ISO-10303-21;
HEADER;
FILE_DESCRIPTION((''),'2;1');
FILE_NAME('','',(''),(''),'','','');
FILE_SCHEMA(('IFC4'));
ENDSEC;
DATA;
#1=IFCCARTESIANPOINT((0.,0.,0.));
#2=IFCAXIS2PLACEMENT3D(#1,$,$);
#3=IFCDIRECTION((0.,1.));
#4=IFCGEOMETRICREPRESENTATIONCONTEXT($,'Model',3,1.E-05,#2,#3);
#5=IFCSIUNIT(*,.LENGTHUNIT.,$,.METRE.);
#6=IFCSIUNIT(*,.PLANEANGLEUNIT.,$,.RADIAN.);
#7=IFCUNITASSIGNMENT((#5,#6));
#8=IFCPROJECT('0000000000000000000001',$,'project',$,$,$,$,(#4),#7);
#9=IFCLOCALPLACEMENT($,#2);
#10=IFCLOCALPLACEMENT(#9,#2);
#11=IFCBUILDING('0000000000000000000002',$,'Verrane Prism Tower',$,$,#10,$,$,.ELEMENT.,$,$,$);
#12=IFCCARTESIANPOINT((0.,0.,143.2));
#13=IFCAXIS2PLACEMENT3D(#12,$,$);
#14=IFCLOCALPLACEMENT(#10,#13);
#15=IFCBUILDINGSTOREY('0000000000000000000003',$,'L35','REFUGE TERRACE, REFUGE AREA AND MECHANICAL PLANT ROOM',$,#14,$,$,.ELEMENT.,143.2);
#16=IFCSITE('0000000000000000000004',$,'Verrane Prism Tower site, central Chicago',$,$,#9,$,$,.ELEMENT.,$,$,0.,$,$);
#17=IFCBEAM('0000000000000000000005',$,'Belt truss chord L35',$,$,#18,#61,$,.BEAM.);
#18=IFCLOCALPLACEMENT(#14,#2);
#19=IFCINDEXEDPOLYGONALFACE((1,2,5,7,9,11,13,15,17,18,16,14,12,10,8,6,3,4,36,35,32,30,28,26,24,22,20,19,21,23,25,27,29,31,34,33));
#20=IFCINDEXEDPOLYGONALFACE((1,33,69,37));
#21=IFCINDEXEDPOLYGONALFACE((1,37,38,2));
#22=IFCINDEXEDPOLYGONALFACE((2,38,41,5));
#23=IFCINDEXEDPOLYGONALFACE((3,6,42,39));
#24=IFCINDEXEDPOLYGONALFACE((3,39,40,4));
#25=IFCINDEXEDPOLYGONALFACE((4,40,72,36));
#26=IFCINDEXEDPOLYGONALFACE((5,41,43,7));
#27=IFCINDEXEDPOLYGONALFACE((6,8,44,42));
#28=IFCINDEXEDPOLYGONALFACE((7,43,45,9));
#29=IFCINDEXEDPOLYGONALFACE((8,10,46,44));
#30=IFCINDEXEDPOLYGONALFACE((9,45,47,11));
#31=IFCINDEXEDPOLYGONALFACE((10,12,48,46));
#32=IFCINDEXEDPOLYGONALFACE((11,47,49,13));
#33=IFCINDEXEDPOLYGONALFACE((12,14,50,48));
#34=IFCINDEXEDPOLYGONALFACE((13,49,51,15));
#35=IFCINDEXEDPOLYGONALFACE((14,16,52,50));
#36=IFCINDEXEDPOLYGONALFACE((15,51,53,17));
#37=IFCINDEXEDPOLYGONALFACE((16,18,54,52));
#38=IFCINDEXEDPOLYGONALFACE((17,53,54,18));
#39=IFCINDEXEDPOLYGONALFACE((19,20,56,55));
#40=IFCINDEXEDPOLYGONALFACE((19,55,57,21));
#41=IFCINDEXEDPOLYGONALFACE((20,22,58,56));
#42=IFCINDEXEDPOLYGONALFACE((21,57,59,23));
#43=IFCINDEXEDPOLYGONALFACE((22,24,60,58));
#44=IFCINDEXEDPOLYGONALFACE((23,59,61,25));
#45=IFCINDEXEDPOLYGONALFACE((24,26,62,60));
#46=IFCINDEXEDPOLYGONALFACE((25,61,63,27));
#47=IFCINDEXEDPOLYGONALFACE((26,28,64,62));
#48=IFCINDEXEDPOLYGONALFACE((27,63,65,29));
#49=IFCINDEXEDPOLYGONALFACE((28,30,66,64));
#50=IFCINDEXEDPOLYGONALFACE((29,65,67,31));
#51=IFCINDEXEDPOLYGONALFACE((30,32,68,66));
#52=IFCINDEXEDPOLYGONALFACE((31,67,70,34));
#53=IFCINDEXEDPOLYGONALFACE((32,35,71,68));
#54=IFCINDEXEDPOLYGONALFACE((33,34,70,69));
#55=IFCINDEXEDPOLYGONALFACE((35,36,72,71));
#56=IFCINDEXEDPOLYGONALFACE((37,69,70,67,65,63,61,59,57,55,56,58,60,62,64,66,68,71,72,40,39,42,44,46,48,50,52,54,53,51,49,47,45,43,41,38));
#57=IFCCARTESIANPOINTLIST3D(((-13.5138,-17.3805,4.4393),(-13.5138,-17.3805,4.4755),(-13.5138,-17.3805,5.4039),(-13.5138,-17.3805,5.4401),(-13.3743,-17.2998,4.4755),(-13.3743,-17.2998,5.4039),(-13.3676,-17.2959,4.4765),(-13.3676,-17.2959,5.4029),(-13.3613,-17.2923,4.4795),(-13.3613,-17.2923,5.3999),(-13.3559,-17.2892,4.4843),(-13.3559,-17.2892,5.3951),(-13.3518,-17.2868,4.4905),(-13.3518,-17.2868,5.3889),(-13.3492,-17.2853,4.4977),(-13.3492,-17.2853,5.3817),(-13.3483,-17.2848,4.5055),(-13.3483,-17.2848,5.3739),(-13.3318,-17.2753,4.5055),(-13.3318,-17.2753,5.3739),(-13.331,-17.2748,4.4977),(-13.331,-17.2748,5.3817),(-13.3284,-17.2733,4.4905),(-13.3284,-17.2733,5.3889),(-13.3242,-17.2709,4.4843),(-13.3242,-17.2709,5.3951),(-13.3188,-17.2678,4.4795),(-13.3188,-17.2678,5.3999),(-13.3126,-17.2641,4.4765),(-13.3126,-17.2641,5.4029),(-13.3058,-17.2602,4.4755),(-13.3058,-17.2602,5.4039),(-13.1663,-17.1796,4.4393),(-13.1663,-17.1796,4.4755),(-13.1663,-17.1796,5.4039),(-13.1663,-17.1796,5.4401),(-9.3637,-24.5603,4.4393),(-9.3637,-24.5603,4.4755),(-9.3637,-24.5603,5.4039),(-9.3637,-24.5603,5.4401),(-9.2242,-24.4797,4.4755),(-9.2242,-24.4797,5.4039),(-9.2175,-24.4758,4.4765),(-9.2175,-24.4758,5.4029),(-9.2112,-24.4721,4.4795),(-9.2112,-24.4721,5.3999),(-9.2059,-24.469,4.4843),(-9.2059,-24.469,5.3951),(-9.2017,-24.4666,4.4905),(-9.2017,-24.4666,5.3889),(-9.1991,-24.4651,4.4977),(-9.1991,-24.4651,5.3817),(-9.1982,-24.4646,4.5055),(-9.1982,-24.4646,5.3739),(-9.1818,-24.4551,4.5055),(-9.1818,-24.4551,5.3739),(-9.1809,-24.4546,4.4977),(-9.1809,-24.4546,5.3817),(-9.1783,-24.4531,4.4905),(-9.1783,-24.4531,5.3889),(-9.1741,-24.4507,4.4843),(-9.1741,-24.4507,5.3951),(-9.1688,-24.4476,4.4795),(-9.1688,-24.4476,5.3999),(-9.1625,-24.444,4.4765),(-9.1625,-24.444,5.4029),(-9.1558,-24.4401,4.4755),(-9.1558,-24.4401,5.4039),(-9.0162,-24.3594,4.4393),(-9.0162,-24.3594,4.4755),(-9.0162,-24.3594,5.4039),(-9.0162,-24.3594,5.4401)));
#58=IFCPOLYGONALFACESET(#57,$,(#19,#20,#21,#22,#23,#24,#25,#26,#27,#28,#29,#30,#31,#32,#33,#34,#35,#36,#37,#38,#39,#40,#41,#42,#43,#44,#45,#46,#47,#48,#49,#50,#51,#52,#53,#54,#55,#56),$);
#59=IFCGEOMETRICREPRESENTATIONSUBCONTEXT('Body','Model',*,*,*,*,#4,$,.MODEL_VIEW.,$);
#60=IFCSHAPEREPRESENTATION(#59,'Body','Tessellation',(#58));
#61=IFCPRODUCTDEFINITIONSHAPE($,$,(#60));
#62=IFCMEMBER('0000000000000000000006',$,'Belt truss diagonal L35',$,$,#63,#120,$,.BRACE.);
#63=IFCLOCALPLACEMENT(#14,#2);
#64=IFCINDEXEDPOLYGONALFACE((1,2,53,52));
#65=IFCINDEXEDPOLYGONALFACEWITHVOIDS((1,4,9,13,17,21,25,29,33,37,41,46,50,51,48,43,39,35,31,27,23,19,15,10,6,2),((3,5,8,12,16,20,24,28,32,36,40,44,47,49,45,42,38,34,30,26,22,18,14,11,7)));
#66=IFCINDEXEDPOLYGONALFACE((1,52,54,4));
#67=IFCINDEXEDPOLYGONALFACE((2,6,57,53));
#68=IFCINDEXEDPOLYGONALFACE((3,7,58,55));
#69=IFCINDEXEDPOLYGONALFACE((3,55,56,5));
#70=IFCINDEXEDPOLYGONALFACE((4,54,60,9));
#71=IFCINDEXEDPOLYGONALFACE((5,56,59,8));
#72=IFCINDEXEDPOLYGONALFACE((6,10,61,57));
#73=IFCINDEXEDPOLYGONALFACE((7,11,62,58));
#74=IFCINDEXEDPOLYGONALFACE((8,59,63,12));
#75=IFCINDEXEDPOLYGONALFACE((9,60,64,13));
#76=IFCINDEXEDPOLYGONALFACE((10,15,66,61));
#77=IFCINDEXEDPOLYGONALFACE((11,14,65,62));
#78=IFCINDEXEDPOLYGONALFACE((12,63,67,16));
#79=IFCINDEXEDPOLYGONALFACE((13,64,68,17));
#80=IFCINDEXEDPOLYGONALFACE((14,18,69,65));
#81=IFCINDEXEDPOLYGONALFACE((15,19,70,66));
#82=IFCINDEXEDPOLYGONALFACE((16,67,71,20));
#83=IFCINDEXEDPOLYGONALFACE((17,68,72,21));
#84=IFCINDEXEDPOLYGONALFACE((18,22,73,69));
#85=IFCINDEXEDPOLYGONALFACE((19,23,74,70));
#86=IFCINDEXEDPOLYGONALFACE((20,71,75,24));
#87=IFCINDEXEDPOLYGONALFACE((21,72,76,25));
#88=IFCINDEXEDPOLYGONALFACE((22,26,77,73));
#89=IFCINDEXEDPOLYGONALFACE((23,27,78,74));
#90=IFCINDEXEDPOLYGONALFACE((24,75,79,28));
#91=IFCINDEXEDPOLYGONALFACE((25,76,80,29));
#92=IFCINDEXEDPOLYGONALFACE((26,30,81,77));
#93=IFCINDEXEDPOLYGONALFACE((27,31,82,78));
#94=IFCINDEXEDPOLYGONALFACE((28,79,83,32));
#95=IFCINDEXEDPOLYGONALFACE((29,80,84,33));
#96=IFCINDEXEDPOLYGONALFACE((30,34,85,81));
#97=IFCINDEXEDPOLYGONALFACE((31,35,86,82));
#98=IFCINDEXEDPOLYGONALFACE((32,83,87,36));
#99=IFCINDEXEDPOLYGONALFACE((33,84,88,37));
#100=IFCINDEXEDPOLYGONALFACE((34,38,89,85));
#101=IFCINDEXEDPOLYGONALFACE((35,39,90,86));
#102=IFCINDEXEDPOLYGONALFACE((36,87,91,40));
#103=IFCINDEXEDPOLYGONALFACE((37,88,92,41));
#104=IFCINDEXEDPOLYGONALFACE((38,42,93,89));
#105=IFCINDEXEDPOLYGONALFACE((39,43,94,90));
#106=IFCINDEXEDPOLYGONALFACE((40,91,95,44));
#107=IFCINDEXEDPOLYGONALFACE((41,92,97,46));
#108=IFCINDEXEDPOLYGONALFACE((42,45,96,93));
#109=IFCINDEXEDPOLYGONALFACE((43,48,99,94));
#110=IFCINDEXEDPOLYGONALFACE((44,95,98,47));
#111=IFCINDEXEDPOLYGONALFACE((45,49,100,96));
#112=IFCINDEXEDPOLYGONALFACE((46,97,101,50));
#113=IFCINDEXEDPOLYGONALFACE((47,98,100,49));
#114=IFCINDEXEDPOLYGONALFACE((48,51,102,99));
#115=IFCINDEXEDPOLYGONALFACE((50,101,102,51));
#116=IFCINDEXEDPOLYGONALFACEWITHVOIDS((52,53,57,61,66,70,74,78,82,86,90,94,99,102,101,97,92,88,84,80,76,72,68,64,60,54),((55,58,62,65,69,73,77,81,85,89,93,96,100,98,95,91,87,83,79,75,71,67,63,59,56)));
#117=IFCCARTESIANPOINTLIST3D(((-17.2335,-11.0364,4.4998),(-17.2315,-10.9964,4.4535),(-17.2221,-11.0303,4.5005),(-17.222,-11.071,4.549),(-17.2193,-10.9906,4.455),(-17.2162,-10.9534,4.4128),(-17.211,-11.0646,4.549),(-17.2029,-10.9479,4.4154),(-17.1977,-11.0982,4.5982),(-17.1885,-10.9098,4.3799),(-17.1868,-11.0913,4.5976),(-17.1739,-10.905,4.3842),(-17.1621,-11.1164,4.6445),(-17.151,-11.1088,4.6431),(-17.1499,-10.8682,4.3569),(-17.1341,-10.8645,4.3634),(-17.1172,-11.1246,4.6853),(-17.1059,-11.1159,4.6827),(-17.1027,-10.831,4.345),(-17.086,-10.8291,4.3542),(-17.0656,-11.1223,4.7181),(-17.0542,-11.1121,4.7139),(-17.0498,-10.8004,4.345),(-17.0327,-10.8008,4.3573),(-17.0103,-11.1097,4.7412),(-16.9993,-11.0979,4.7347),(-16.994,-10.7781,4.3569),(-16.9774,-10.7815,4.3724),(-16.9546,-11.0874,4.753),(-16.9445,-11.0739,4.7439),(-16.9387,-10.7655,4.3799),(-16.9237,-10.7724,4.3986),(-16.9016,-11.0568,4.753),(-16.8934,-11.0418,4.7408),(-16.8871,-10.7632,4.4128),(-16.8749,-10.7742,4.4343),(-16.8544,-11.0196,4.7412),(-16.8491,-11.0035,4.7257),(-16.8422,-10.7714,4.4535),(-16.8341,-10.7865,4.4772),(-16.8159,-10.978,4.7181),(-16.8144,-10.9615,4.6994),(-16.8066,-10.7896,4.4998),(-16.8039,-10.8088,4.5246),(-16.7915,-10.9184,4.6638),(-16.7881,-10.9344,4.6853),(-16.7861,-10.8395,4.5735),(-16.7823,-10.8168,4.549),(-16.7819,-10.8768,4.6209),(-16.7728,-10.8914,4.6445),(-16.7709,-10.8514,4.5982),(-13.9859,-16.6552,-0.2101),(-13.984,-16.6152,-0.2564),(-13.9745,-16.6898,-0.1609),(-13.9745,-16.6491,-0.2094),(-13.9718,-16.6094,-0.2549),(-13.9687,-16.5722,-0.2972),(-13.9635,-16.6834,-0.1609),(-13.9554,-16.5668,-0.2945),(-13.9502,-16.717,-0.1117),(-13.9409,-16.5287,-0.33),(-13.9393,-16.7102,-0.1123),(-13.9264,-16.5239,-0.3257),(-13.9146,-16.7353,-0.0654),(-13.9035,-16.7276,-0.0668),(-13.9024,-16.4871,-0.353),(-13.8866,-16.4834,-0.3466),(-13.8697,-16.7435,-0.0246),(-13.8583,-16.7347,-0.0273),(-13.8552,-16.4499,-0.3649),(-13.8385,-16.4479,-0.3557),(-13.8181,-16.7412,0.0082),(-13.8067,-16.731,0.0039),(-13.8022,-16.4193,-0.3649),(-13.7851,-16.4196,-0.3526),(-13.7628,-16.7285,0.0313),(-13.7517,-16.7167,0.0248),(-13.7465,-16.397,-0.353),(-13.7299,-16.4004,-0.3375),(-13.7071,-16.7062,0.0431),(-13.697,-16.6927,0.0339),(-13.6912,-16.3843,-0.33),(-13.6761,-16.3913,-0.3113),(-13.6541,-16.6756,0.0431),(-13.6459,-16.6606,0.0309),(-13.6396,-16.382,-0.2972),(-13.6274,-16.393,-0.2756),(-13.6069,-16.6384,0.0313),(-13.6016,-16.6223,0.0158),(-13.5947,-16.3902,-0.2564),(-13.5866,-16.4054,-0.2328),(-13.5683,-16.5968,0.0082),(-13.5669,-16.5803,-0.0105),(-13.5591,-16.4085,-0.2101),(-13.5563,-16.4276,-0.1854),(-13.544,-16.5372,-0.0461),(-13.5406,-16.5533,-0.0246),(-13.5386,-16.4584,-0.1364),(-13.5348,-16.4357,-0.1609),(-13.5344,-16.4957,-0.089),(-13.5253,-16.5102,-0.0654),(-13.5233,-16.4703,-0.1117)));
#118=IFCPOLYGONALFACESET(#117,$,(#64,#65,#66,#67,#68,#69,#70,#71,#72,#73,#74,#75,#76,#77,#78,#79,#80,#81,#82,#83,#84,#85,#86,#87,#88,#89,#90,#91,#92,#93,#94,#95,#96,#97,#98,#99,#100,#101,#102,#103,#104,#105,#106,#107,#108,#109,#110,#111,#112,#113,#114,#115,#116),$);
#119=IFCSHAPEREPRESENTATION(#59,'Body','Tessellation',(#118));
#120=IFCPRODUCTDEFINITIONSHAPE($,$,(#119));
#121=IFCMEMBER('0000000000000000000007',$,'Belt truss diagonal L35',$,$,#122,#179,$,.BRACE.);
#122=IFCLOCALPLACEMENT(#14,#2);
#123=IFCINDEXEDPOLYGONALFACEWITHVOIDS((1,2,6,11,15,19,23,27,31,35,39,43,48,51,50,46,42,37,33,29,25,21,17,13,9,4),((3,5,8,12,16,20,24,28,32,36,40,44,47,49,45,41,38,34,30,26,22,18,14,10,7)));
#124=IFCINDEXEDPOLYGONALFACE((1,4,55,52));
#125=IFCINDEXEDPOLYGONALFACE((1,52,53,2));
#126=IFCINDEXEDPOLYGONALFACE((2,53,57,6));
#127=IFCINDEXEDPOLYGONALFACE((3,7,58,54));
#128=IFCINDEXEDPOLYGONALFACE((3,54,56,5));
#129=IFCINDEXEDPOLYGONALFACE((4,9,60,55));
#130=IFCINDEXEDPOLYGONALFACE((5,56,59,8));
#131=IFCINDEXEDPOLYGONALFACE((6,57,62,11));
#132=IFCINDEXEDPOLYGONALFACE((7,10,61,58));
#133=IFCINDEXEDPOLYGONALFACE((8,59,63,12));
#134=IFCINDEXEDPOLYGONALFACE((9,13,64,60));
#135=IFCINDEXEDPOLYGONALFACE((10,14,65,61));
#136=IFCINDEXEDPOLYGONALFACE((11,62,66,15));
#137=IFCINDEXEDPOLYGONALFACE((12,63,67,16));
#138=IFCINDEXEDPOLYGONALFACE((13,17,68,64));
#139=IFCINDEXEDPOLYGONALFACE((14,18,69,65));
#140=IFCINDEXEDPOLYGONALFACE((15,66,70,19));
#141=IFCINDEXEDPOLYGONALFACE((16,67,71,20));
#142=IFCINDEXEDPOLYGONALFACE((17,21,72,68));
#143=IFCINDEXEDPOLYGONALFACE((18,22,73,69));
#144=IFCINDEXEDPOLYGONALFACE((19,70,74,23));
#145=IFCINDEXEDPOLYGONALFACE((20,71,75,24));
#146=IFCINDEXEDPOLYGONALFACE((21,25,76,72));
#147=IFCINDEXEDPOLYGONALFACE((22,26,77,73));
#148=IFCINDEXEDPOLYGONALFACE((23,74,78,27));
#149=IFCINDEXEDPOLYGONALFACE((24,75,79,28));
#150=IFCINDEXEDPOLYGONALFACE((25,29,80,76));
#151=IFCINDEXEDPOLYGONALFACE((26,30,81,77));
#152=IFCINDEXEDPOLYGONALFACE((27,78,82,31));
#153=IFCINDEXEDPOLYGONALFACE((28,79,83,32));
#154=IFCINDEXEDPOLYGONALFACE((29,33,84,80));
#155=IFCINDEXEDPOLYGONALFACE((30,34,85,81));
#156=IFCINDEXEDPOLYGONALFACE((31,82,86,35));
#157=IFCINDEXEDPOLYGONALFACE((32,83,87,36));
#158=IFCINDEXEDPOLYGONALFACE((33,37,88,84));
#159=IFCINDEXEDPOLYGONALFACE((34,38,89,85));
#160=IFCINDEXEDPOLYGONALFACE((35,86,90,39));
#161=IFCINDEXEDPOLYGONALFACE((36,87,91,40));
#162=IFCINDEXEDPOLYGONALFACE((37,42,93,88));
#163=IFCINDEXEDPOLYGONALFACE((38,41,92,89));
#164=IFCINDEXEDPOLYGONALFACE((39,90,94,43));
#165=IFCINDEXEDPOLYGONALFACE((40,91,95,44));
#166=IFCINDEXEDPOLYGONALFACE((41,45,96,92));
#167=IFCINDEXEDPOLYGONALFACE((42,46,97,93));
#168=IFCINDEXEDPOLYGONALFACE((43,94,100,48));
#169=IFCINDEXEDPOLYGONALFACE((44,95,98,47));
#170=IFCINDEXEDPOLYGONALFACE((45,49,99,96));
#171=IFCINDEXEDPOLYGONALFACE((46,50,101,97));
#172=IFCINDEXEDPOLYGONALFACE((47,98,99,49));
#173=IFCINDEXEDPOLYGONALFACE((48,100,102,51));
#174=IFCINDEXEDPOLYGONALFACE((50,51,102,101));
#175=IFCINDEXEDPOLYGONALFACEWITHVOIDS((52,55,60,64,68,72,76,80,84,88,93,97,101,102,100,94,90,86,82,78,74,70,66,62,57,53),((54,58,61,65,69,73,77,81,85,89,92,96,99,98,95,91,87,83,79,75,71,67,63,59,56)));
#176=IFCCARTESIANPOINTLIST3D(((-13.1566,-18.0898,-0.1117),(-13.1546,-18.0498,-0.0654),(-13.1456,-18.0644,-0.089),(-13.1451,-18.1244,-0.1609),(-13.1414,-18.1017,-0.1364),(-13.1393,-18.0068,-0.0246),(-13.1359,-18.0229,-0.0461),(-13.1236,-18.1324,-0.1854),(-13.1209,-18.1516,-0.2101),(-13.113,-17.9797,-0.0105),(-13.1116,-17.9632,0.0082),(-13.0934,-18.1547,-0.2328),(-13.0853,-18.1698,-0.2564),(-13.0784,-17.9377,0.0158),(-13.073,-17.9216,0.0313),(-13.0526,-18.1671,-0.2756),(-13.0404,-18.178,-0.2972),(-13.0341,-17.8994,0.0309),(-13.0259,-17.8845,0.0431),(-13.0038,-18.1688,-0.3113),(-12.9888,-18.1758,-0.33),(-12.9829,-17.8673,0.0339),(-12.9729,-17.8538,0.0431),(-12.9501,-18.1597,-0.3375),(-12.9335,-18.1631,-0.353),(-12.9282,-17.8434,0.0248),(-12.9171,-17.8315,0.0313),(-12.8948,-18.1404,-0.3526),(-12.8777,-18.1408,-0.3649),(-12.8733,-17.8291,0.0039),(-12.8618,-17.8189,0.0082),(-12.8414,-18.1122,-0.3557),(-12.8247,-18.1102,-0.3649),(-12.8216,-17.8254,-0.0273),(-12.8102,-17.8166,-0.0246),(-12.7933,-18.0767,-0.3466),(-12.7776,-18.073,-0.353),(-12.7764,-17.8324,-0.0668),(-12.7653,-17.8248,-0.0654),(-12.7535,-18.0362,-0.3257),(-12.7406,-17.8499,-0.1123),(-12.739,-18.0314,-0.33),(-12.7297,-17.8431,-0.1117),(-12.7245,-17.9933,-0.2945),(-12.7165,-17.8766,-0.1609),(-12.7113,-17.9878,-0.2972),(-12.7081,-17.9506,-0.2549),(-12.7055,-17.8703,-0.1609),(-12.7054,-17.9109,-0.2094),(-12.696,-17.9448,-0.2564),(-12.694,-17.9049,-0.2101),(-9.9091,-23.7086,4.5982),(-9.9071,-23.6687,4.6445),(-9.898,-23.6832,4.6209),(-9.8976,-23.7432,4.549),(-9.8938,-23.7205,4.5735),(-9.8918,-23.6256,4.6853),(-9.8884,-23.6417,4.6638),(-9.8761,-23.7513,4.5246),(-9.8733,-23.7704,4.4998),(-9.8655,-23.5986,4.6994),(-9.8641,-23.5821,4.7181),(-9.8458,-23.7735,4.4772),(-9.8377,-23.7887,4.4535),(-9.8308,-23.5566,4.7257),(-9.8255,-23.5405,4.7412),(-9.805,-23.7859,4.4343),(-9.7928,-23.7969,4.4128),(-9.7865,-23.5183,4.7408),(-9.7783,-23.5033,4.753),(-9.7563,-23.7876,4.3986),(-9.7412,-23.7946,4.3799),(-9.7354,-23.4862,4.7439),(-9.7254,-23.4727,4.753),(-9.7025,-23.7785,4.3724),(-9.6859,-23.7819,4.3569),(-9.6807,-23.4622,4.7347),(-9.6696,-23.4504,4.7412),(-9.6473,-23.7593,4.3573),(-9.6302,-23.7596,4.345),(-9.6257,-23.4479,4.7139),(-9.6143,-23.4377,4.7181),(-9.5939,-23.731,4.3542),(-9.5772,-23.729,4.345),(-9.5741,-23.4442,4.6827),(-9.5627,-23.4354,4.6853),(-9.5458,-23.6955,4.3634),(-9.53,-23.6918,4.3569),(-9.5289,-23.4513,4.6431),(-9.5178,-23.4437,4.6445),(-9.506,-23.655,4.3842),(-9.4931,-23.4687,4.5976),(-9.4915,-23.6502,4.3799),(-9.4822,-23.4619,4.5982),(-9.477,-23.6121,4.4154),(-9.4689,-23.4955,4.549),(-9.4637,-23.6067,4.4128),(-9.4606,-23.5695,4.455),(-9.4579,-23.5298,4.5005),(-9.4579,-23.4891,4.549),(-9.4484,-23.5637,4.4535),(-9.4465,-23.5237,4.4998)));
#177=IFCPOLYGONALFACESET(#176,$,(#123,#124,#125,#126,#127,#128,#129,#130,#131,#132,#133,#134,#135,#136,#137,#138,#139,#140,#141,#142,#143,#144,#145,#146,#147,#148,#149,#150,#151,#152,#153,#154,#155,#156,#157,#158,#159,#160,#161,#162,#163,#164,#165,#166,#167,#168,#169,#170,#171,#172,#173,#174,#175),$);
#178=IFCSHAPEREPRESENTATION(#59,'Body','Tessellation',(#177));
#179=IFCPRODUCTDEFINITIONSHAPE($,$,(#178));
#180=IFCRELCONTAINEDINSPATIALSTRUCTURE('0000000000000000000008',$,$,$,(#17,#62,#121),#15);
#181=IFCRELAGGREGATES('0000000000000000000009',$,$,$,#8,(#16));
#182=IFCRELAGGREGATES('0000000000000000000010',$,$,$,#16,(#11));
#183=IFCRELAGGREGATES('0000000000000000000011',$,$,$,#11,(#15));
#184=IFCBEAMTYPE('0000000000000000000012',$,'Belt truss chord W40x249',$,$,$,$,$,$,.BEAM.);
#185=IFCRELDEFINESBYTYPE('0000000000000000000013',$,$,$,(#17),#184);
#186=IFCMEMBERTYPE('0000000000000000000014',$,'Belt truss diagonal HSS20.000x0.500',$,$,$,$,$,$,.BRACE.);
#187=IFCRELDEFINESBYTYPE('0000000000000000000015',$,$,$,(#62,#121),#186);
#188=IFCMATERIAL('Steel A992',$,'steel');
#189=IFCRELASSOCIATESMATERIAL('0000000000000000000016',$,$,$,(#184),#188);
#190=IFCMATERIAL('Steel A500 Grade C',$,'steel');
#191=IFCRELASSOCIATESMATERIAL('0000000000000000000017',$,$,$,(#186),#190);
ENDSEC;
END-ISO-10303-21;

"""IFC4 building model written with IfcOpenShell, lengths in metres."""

from ifc_helpers import new_model, si_unit, direction, frame, origin, origin_2d, place, context, subcontext, project, spatial, hollow_circle, i_section, extrude, material, material_profile, profile_set, type_object, element, save


model = new_model("IFC4")

# Units and contexts
model_context = context("Model", 3, precision=1e-05, world=origin(), true_north=direction((0.0, 1.0)))
body_context = subcontext(model_context, "Body", "Model", "MODEL_VIEW")
ifc_project = project(units=[si_unit("LENGTHUNIT", "METRE"), si_unit("PLANEANGLEUNIT", "RADIAN")], contexts=[model_context])

# Site, building, storey
site_placement = place(None, origin())
site = spatial("IfcSite", under=ifc_project, at=site_placement, Name="Verrane Prism Tower site, central Chicago", CompositionType="ELEMENT", RefElevation=0.0)
building_placement = place(site_placement, origin())
building = spatial("IfcBuilding", under=site, at=building_placement, Name="Verrane Prism Tower", CompositionType="ELEMENT")
storey_placement = place(building_placement, frame((0.0, 0.0, 143.2)))
storey = spatial("IfcBuildingStorey", under=building, at=storey_placement, Name="L35", Description="REFUGE TERRACE, REFUGE AREA AND MECHANICAL PLANT ROOM", CompositionType="ELEMENT", Elevation=143.2)

# Beam
ifc_material_1 = material(Name="Steel A992", Category="steel")
ifc_material_profile_1 = material_profile(ifc_material_1, i_section(OverallWidth=0.4014, OverallDepth=1.0007, WebThickness=0.019, FlangeThickness=0.0361, FilletRadius=0.03, at=origin_2d()), Name="W40x249")
ifc_profile_set_1 = profile_set([ifc_material_profile_1], Name="Steel A992")
beam_type_1 = type_object("IfcBeamType", Name="Belt truss chord W40x249", PredefinedType="BEAM", material=ifc_profile_set_1)
beam_1_placement = place(storey_placement, frame((-13.3401, -17.28, 4.9397), z_axis=(0.500435, -0.865774, 0.0), x_axis=(0.865774, 0.500435, 0.0)))
element("IfcBeam", 1, at=beam_1_placement, inside=storey, type_object=beam_type_1, Name="Belt truss chord L35", PredefinedType="BEAM", context=body_context, shape_type="SweptSolid", body=[
    extrude(i_section(OverallWidth=0.4014, OverallDepth=1.0007, WebThickness=0.019, FlangeThickness=0.0361, FilletRadius=0.03, at=origin_2d()), origin(), (0.0, 0.0, 1.0), 8.293),
])

# Members
ifc_material_2 = material(Name="Steel A500 Grade C", Category="steel")
ifc_material_profile_2 = material_profile(ifc_material_2, hollow_circle(Radius=0.2539, WallThickness=0.0127, at=origin_2d()), Name="HSS20.000x0.500")
ifc_profile_set_2 = profile_set([ifc_material_profile_2], Name="Steel A500 Grade C")
member_type_1 = type_object("IfcMemberType", Name="Belt truss diagonal HSS20.000x0.500", PredefinedType="BRACE", material=ifc_profile_set_2)
for number, where, z_axis, x_axis, name in (
    (2, (-13.7546, -16.5627, -0.1609), (-0.404989, 0.700709, 0.587359), (-0.865793, -0.500403, 0.0), "Belt truss diagonal L35"),
    (3, (-12.9253, -17.9973, -0.1609), (0.404989, -0.700709, 0.587359), (0.865793, 0.500403, 0.0), "Belt truss diagonal L35"),
):
    element("IfcMember", number, at=place(storey_placement, frame(where, z_axis=z_axis, x_axis=x_axis)), inside=storey, type_object=member_type_1, Name=name, PredefinedType="BRACE", context=body_context, shape_type="SweptSolid", body=[
        extrude(hollow_circle(Radius=0.2539, WallThickness=0.0127, at=origin_2d()), origin(), (0.0, 0.0, 1.0), 8.0188),
    ])

save(model, "model.ifc")
